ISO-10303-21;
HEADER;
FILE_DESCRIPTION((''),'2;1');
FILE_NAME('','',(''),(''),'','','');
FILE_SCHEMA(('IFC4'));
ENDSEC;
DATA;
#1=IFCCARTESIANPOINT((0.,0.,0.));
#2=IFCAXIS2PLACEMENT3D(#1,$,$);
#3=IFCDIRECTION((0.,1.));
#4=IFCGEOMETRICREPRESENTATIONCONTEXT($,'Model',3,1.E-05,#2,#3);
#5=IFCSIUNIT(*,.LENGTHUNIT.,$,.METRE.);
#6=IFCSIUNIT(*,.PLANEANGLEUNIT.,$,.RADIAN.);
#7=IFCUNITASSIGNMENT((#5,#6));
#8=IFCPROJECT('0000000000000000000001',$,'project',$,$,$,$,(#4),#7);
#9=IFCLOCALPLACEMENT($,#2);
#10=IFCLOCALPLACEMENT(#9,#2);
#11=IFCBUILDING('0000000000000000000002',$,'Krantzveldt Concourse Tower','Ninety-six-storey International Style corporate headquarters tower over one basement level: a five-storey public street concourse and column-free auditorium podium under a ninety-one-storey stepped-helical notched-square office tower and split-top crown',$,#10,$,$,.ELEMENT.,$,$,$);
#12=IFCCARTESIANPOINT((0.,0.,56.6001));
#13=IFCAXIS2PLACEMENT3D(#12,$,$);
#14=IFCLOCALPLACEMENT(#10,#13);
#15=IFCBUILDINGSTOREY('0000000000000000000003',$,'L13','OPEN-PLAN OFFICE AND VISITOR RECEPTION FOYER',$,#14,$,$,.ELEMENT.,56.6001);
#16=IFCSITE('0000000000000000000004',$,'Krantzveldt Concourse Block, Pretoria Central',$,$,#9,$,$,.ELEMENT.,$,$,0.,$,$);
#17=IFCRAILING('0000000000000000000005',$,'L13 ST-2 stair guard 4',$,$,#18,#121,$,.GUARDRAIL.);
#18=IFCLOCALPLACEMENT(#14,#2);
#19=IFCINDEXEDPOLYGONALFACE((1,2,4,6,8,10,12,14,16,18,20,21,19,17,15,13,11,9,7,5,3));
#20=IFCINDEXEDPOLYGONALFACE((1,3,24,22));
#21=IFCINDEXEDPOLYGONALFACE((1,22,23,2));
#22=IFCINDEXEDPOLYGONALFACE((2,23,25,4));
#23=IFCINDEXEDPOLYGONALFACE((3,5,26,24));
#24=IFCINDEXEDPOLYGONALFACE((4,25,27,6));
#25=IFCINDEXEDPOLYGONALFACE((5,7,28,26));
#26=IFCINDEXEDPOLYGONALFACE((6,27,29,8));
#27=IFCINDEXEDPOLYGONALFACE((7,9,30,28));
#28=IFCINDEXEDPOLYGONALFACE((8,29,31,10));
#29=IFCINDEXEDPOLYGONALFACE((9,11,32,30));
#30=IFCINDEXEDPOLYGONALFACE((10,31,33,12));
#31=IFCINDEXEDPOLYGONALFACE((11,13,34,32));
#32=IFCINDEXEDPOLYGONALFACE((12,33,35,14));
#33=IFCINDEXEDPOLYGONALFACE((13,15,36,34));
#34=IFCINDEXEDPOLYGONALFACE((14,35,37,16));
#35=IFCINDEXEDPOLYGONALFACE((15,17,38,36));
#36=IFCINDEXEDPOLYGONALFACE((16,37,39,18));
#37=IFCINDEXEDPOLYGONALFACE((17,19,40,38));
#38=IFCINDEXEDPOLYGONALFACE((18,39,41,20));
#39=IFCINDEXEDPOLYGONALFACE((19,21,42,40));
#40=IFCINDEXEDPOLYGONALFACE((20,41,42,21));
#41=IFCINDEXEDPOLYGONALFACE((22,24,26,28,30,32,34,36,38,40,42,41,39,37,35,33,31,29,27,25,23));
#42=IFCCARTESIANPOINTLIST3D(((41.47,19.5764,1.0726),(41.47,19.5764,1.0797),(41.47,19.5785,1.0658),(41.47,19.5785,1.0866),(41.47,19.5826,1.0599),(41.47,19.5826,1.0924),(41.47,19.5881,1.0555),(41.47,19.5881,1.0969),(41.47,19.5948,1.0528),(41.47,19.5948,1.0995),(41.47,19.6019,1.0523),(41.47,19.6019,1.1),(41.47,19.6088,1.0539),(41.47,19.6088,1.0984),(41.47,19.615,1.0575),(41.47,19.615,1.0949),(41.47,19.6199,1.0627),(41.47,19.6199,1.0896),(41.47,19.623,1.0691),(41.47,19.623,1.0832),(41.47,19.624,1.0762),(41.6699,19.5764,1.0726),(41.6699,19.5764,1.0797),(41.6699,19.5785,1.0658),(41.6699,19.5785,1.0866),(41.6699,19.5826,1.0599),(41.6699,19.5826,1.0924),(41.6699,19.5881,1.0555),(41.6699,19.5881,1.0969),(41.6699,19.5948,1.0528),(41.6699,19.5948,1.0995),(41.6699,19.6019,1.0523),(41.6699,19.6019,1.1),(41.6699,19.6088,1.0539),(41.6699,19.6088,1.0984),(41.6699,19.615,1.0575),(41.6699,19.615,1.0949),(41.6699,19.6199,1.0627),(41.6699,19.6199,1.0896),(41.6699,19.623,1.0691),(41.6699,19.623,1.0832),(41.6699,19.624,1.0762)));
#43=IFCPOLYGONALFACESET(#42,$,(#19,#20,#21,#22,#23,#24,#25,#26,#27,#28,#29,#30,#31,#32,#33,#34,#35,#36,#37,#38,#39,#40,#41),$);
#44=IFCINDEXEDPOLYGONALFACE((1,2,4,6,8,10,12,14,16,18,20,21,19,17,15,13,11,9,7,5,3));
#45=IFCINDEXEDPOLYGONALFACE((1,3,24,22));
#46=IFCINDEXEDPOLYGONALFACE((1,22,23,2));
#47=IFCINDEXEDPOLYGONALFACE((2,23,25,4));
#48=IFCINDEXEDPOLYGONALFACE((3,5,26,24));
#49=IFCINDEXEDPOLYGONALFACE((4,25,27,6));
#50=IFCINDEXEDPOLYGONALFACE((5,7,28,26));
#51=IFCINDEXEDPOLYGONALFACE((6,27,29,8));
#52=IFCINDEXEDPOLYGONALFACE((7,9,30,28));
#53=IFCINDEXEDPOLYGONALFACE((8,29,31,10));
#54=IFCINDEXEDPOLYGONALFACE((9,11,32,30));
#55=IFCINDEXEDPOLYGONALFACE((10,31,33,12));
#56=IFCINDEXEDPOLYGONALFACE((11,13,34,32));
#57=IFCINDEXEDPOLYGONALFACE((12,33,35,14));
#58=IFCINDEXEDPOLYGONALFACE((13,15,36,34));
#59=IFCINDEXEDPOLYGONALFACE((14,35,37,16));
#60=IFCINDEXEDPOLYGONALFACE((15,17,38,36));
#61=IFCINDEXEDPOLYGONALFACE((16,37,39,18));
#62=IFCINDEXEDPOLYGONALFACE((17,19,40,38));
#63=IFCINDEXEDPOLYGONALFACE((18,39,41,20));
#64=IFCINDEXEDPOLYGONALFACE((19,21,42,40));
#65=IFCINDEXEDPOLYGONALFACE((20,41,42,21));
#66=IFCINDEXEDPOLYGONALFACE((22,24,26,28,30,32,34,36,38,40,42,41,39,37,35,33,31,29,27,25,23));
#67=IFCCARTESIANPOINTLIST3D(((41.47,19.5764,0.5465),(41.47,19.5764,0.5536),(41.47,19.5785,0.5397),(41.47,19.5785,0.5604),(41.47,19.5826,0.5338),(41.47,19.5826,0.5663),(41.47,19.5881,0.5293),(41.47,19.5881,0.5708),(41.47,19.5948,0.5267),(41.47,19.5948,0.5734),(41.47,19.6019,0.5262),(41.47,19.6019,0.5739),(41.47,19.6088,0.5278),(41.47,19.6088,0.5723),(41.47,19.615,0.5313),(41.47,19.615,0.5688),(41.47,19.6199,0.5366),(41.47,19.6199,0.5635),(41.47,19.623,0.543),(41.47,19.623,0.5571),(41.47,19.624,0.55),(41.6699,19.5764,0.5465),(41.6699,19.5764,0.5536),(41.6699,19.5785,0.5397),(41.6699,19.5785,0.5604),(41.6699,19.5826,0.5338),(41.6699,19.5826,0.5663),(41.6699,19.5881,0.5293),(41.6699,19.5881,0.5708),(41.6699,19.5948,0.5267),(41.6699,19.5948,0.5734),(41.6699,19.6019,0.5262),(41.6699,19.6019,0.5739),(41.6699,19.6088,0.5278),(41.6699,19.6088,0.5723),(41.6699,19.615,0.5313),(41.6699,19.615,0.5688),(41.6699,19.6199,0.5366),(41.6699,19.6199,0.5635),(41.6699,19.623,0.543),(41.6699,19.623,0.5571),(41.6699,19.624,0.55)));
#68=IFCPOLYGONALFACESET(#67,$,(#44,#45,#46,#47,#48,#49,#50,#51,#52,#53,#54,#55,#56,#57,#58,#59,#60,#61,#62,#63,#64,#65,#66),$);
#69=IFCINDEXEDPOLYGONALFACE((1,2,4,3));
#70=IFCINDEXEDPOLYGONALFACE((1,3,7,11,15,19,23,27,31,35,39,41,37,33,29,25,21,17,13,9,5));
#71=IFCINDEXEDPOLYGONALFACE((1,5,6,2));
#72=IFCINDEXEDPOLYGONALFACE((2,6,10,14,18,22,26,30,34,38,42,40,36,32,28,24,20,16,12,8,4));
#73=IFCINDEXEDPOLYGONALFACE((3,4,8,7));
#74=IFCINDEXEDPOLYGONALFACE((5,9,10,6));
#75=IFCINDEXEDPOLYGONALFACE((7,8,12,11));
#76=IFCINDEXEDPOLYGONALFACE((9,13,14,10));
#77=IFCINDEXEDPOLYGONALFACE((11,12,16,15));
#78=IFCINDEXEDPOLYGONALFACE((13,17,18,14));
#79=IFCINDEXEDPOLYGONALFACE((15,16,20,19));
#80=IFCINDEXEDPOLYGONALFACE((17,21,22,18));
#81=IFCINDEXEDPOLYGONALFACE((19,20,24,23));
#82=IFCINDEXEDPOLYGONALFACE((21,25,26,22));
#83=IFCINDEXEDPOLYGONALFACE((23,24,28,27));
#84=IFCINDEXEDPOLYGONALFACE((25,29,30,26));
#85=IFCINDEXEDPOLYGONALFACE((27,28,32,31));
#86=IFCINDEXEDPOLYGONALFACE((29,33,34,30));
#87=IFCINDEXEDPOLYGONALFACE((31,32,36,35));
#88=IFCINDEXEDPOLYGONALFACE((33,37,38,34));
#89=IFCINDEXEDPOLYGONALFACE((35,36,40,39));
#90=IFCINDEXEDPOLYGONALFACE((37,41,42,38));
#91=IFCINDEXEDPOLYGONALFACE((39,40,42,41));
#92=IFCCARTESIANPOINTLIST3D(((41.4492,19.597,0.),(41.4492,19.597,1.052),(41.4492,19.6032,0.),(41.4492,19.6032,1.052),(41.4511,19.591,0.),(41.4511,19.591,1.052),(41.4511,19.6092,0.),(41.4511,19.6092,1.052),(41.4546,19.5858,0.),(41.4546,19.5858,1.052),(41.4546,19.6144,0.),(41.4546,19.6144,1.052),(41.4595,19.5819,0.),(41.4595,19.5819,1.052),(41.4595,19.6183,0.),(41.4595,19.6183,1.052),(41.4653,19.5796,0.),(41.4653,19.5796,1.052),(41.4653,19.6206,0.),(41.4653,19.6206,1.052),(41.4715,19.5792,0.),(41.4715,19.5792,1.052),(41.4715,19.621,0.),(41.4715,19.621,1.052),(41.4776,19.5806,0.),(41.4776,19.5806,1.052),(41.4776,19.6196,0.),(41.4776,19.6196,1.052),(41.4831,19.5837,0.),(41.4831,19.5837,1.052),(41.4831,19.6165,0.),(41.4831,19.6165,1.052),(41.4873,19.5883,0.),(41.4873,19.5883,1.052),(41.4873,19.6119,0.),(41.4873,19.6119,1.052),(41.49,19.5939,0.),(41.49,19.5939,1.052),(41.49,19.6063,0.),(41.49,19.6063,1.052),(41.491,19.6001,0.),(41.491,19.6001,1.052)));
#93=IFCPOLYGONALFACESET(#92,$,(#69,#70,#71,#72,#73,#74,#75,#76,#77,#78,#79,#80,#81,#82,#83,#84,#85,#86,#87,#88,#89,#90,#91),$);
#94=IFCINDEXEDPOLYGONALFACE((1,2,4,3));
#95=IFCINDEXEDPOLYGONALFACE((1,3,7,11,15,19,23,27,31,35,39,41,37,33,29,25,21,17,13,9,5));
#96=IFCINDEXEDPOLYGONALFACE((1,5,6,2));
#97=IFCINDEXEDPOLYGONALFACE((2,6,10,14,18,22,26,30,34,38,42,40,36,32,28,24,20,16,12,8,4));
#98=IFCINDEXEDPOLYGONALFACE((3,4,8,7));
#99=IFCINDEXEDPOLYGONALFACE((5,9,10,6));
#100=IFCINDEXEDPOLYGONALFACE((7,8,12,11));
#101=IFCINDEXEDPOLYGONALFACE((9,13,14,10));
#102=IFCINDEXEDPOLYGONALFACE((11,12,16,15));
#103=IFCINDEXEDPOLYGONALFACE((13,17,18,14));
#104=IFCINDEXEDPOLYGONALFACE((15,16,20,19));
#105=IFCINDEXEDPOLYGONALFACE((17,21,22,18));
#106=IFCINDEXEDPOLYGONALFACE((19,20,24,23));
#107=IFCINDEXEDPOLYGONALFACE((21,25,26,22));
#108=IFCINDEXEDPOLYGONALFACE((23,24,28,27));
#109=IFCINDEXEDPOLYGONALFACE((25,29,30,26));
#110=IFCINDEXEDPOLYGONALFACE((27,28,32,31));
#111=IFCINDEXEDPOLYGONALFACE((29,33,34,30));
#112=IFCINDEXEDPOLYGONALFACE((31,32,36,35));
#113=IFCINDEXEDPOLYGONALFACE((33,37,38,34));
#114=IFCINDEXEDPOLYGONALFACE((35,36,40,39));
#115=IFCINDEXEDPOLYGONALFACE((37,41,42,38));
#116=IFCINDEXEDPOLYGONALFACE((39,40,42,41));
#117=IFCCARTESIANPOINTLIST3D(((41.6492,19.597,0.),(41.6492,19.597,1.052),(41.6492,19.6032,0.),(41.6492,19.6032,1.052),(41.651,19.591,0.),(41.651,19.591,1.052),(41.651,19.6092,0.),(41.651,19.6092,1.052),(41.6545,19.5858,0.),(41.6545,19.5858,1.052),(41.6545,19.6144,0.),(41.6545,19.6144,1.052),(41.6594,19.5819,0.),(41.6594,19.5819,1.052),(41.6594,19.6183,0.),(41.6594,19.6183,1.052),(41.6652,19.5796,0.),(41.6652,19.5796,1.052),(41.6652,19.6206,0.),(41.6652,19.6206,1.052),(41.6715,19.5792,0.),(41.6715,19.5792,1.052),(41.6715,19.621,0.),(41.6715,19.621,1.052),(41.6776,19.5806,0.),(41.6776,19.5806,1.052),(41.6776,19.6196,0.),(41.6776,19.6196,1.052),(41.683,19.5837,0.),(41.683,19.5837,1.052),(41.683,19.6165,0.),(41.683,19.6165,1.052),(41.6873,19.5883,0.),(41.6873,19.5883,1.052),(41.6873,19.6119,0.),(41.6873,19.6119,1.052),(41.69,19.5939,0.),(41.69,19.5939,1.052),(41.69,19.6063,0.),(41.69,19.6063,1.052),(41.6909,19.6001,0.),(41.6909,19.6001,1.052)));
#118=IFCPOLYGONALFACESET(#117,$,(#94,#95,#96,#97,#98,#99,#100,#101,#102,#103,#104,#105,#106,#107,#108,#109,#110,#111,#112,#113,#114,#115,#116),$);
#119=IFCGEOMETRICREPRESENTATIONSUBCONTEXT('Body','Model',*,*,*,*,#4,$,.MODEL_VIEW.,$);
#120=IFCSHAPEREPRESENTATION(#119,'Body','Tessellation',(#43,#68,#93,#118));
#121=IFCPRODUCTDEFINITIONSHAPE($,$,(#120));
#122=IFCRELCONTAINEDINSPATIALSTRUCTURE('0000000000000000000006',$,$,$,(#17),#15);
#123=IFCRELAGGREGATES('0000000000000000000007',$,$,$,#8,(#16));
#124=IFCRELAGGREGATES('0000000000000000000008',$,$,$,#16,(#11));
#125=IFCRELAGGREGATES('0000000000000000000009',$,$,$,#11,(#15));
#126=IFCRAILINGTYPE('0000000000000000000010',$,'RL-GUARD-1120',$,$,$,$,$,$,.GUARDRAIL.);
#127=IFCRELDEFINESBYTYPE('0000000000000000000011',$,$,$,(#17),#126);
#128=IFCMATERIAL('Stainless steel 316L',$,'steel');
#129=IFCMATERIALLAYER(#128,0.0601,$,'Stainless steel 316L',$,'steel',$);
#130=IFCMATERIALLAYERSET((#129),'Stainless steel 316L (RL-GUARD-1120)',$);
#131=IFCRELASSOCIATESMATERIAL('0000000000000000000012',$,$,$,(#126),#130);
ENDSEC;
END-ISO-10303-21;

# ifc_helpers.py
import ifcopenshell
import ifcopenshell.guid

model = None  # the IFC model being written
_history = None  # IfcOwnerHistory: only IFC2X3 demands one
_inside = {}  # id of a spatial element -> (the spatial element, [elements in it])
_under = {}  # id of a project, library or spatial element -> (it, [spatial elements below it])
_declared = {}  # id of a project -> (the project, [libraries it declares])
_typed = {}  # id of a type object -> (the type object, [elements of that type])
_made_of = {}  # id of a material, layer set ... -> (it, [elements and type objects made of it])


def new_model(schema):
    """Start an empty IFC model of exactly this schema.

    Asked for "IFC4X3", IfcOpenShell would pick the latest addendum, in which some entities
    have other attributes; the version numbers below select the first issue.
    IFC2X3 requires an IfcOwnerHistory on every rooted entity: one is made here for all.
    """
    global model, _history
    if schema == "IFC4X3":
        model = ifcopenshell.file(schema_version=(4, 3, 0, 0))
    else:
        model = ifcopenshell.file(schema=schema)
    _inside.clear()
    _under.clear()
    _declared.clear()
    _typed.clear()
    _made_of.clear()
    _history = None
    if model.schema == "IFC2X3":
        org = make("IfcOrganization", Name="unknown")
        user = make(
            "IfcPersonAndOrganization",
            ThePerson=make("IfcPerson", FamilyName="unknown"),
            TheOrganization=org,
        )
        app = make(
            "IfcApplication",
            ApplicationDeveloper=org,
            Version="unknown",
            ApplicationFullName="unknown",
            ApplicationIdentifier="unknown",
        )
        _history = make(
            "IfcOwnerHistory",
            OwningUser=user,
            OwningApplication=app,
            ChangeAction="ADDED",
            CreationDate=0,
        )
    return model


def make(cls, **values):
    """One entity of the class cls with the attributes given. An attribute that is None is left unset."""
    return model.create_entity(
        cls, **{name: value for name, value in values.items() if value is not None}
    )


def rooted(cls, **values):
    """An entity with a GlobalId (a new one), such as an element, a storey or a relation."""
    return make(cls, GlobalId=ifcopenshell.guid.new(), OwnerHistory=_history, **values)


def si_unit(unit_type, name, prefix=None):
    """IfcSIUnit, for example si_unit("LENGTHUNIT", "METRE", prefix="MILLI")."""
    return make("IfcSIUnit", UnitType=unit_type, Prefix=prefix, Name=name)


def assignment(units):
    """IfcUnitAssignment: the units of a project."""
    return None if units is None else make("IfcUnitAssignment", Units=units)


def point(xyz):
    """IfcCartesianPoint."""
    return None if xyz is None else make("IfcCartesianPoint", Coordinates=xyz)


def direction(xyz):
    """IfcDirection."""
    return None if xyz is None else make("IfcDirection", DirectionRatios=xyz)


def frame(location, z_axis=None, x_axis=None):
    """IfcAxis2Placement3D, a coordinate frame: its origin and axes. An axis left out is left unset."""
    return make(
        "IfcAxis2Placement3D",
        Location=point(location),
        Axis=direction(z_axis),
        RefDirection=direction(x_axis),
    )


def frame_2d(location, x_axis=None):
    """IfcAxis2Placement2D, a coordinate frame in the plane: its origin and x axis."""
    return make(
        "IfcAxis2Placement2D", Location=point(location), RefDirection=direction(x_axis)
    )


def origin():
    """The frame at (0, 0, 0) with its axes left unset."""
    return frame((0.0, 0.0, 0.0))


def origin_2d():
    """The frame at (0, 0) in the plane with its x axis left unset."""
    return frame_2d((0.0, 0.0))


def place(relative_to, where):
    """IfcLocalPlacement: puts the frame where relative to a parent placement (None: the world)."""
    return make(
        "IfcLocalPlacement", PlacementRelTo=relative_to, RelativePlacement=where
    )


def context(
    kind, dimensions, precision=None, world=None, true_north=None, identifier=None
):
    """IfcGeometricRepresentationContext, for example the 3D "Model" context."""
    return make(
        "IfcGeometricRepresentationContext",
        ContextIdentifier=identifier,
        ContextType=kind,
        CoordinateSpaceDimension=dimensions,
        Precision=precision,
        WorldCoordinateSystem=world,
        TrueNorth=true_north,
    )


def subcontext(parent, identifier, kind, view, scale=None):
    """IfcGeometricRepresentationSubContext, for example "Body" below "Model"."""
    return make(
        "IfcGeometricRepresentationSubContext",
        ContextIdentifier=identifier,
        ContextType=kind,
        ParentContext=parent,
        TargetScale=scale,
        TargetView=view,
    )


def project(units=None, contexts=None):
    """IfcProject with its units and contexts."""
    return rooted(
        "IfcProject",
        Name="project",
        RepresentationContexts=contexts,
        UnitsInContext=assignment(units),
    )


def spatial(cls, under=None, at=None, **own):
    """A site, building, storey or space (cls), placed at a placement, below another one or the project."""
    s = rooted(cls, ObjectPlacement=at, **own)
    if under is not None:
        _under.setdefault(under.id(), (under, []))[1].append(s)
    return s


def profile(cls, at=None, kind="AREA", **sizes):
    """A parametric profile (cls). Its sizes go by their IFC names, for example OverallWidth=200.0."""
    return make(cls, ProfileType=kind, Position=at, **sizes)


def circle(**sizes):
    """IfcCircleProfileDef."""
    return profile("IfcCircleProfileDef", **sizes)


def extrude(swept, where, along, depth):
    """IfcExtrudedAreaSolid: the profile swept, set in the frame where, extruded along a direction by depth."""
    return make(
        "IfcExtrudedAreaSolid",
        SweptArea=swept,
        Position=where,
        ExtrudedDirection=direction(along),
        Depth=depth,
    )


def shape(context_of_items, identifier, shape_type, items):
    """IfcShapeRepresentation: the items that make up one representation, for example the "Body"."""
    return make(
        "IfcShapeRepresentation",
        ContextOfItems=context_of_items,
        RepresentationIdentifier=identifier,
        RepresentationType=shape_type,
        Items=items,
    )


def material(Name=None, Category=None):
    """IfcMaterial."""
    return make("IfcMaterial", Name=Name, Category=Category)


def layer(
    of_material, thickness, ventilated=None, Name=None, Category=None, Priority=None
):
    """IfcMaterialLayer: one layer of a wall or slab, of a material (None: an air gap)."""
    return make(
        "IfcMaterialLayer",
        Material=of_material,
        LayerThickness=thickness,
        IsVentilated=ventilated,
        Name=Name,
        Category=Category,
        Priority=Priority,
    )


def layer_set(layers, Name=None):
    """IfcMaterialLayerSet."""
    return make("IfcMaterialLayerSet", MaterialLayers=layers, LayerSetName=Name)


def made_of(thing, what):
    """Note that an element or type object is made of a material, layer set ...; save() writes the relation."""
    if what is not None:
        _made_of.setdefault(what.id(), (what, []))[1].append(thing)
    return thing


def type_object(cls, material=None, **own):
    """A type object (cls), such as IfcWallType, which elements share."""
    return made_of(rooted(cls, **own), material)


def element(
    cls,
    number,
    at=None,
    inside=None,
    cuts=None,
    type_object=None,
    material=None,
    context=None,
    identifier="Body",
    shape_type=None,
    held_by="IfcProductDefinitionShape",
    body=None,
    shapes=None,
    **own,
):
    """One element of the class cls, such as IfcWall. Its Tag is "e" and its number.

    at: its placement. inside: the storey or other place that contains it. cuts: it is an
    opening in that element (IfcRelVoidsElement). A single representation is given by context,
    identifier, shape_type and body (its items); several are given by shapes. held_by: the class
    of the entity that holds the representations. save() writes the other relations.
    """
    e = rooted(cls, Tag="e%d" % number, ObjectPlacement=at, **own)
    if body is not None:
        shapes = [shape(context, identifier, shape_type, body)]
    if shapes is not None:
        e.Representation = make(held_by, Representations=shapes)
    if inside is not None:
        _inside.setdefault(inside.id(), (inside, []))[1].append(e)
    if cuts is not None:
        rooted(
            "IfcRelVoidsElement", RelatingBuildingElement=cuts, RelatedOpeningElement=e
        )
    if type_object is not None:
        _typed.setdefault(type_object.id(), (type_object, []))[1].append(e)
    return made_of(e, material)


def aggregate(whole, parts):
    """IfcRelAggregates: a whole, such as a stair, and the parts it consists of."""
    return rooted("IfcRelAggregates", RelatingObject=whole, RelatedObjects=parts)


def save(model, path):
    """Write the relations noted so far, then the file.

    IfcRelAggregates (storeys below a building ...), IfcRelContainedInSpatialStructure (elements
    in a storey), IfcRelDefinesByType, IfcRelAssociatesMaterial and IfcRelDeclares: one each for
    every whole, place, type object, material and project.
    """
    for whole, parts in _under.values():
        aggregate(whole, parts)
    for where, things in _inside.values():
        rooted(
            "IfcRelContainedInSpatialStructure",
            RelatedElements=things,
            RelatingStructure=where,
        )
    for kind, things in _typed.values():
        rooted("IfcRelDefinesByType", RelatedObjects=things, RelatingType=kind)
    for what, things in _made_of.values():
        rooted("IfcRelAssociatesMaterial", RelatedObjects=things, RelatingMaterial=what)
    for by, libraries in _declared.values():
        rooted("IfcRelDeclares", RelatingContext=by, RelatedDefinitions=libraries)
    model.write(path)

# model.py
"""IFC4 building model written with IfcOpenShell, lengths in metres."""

from ifc_helpers import new_model, si_unit, direction, frame, origin, origin_2d, place, context, subcontext, project, spatial, circle, extrude, material, layer, layer_set, type_object, element, save


model = new_model("IFC4")

# Units and contexts
model_context = context("Model", 3, precision=1e-05, world=origin(), true_north=direction((0.0, 1.0)))
body_context = subcontext(model_context, "Body", "Model", "MODEL_VIEW")
ifc_project = project(units=[si_unit("LENGTHUNIT", "METRE"), si_unit("PLANEANGLEUNIT", "RADIAN")], contexts=[model_context])

# Site, building, storey
site_placement = place(None, origin())
site = spatial("IfcSite", under=ifc_project, at=site_placement, Name="Krantzveldt Concourse Block, Pretoria Central", CompositionType="ELEMENT", RefElevation=0.0)
building_placement = place(site_placement, origin())
building = spatial("IfcBuilding", under=site, at=building_placement, Name="Krantzveldt Concourse Tower", Description="Ninety-six-storey International Style corporate headquarters tower over one basement level: a five-storey public street concourse and column-free auditorium podium under a ninety-one-storey stepped-helical notched-square office tower and split-top crown", CompositionType="ELEMENT")
storey_placement = place(building_placement, frame((0.0, 0.0, 56.6001)))
storey = spatial("IfcBuildingStorey", under=building, at=storey_placement, Name="L13", Description="OPEN-PLAN OFFICE AND VISITOR RECEPTION FOYER", CompositionType="ELEMENT", Elevation=56.6001)

# Shared definitions
ifc_material_1 = material(Name="Stainless steel 316L", Category="steel")

# Railing
ifc_layer_1 = layer(ifc_material_1, 0.0601, Name="Stainless steel 316L", Category="steel")
ifc_layer_set_1 = layer_set([ifc_layer_1], Name="Stainless steel 316L (RL-GUARD-1120)")
railing_type_1 = type_object("IfcRailingType", Name="RL-GUARD-1120", PredefinedType="GUARDRAIL", material=ifc_layer_set_1)
railing_1_placement = place(storey_placement, frame((41.47, 19.6001, 0.0)))
element("IfcRailing", 1, at=railing_1_placement, inside=storey, type_object=railing_type_1, Name="L13 ST-2 stair guard 4", PredefinedType="GUARDRAIL", context=body_context, shape_type="SweptSolid", body=[
    extrude(circle(Radius=0.0239, at=origin_2d()), frame((0.0, 0.0, 1.0762), z_axis=(1.0, 0.0, 0.0), x_axis=(0.0, 1.0, 0.0)), (0.0, 0.0, 1.0), 0.2),
    extrude(circle(Radius=0.0239, at=origin_2d()), frame((0.0, 0.0, 0.55), z_axis=(1.0, 0.0, 0.0), x_axis=(0.0, 1.0, 0.0)), (0.0, 0.0, 1.0), 0.2),
    extrude(circle(Radius=0.021, at=origin_2d()), origin(), (0.0, 0.0, 1.0), 1.052),
    extrude(circle(Radius=0.021, at=origin_2d()), frame((0.2, 0.0, 0.0)), (0.0, 0.0, 1.0), 1.052),
])

save(model, "model.ifc")
